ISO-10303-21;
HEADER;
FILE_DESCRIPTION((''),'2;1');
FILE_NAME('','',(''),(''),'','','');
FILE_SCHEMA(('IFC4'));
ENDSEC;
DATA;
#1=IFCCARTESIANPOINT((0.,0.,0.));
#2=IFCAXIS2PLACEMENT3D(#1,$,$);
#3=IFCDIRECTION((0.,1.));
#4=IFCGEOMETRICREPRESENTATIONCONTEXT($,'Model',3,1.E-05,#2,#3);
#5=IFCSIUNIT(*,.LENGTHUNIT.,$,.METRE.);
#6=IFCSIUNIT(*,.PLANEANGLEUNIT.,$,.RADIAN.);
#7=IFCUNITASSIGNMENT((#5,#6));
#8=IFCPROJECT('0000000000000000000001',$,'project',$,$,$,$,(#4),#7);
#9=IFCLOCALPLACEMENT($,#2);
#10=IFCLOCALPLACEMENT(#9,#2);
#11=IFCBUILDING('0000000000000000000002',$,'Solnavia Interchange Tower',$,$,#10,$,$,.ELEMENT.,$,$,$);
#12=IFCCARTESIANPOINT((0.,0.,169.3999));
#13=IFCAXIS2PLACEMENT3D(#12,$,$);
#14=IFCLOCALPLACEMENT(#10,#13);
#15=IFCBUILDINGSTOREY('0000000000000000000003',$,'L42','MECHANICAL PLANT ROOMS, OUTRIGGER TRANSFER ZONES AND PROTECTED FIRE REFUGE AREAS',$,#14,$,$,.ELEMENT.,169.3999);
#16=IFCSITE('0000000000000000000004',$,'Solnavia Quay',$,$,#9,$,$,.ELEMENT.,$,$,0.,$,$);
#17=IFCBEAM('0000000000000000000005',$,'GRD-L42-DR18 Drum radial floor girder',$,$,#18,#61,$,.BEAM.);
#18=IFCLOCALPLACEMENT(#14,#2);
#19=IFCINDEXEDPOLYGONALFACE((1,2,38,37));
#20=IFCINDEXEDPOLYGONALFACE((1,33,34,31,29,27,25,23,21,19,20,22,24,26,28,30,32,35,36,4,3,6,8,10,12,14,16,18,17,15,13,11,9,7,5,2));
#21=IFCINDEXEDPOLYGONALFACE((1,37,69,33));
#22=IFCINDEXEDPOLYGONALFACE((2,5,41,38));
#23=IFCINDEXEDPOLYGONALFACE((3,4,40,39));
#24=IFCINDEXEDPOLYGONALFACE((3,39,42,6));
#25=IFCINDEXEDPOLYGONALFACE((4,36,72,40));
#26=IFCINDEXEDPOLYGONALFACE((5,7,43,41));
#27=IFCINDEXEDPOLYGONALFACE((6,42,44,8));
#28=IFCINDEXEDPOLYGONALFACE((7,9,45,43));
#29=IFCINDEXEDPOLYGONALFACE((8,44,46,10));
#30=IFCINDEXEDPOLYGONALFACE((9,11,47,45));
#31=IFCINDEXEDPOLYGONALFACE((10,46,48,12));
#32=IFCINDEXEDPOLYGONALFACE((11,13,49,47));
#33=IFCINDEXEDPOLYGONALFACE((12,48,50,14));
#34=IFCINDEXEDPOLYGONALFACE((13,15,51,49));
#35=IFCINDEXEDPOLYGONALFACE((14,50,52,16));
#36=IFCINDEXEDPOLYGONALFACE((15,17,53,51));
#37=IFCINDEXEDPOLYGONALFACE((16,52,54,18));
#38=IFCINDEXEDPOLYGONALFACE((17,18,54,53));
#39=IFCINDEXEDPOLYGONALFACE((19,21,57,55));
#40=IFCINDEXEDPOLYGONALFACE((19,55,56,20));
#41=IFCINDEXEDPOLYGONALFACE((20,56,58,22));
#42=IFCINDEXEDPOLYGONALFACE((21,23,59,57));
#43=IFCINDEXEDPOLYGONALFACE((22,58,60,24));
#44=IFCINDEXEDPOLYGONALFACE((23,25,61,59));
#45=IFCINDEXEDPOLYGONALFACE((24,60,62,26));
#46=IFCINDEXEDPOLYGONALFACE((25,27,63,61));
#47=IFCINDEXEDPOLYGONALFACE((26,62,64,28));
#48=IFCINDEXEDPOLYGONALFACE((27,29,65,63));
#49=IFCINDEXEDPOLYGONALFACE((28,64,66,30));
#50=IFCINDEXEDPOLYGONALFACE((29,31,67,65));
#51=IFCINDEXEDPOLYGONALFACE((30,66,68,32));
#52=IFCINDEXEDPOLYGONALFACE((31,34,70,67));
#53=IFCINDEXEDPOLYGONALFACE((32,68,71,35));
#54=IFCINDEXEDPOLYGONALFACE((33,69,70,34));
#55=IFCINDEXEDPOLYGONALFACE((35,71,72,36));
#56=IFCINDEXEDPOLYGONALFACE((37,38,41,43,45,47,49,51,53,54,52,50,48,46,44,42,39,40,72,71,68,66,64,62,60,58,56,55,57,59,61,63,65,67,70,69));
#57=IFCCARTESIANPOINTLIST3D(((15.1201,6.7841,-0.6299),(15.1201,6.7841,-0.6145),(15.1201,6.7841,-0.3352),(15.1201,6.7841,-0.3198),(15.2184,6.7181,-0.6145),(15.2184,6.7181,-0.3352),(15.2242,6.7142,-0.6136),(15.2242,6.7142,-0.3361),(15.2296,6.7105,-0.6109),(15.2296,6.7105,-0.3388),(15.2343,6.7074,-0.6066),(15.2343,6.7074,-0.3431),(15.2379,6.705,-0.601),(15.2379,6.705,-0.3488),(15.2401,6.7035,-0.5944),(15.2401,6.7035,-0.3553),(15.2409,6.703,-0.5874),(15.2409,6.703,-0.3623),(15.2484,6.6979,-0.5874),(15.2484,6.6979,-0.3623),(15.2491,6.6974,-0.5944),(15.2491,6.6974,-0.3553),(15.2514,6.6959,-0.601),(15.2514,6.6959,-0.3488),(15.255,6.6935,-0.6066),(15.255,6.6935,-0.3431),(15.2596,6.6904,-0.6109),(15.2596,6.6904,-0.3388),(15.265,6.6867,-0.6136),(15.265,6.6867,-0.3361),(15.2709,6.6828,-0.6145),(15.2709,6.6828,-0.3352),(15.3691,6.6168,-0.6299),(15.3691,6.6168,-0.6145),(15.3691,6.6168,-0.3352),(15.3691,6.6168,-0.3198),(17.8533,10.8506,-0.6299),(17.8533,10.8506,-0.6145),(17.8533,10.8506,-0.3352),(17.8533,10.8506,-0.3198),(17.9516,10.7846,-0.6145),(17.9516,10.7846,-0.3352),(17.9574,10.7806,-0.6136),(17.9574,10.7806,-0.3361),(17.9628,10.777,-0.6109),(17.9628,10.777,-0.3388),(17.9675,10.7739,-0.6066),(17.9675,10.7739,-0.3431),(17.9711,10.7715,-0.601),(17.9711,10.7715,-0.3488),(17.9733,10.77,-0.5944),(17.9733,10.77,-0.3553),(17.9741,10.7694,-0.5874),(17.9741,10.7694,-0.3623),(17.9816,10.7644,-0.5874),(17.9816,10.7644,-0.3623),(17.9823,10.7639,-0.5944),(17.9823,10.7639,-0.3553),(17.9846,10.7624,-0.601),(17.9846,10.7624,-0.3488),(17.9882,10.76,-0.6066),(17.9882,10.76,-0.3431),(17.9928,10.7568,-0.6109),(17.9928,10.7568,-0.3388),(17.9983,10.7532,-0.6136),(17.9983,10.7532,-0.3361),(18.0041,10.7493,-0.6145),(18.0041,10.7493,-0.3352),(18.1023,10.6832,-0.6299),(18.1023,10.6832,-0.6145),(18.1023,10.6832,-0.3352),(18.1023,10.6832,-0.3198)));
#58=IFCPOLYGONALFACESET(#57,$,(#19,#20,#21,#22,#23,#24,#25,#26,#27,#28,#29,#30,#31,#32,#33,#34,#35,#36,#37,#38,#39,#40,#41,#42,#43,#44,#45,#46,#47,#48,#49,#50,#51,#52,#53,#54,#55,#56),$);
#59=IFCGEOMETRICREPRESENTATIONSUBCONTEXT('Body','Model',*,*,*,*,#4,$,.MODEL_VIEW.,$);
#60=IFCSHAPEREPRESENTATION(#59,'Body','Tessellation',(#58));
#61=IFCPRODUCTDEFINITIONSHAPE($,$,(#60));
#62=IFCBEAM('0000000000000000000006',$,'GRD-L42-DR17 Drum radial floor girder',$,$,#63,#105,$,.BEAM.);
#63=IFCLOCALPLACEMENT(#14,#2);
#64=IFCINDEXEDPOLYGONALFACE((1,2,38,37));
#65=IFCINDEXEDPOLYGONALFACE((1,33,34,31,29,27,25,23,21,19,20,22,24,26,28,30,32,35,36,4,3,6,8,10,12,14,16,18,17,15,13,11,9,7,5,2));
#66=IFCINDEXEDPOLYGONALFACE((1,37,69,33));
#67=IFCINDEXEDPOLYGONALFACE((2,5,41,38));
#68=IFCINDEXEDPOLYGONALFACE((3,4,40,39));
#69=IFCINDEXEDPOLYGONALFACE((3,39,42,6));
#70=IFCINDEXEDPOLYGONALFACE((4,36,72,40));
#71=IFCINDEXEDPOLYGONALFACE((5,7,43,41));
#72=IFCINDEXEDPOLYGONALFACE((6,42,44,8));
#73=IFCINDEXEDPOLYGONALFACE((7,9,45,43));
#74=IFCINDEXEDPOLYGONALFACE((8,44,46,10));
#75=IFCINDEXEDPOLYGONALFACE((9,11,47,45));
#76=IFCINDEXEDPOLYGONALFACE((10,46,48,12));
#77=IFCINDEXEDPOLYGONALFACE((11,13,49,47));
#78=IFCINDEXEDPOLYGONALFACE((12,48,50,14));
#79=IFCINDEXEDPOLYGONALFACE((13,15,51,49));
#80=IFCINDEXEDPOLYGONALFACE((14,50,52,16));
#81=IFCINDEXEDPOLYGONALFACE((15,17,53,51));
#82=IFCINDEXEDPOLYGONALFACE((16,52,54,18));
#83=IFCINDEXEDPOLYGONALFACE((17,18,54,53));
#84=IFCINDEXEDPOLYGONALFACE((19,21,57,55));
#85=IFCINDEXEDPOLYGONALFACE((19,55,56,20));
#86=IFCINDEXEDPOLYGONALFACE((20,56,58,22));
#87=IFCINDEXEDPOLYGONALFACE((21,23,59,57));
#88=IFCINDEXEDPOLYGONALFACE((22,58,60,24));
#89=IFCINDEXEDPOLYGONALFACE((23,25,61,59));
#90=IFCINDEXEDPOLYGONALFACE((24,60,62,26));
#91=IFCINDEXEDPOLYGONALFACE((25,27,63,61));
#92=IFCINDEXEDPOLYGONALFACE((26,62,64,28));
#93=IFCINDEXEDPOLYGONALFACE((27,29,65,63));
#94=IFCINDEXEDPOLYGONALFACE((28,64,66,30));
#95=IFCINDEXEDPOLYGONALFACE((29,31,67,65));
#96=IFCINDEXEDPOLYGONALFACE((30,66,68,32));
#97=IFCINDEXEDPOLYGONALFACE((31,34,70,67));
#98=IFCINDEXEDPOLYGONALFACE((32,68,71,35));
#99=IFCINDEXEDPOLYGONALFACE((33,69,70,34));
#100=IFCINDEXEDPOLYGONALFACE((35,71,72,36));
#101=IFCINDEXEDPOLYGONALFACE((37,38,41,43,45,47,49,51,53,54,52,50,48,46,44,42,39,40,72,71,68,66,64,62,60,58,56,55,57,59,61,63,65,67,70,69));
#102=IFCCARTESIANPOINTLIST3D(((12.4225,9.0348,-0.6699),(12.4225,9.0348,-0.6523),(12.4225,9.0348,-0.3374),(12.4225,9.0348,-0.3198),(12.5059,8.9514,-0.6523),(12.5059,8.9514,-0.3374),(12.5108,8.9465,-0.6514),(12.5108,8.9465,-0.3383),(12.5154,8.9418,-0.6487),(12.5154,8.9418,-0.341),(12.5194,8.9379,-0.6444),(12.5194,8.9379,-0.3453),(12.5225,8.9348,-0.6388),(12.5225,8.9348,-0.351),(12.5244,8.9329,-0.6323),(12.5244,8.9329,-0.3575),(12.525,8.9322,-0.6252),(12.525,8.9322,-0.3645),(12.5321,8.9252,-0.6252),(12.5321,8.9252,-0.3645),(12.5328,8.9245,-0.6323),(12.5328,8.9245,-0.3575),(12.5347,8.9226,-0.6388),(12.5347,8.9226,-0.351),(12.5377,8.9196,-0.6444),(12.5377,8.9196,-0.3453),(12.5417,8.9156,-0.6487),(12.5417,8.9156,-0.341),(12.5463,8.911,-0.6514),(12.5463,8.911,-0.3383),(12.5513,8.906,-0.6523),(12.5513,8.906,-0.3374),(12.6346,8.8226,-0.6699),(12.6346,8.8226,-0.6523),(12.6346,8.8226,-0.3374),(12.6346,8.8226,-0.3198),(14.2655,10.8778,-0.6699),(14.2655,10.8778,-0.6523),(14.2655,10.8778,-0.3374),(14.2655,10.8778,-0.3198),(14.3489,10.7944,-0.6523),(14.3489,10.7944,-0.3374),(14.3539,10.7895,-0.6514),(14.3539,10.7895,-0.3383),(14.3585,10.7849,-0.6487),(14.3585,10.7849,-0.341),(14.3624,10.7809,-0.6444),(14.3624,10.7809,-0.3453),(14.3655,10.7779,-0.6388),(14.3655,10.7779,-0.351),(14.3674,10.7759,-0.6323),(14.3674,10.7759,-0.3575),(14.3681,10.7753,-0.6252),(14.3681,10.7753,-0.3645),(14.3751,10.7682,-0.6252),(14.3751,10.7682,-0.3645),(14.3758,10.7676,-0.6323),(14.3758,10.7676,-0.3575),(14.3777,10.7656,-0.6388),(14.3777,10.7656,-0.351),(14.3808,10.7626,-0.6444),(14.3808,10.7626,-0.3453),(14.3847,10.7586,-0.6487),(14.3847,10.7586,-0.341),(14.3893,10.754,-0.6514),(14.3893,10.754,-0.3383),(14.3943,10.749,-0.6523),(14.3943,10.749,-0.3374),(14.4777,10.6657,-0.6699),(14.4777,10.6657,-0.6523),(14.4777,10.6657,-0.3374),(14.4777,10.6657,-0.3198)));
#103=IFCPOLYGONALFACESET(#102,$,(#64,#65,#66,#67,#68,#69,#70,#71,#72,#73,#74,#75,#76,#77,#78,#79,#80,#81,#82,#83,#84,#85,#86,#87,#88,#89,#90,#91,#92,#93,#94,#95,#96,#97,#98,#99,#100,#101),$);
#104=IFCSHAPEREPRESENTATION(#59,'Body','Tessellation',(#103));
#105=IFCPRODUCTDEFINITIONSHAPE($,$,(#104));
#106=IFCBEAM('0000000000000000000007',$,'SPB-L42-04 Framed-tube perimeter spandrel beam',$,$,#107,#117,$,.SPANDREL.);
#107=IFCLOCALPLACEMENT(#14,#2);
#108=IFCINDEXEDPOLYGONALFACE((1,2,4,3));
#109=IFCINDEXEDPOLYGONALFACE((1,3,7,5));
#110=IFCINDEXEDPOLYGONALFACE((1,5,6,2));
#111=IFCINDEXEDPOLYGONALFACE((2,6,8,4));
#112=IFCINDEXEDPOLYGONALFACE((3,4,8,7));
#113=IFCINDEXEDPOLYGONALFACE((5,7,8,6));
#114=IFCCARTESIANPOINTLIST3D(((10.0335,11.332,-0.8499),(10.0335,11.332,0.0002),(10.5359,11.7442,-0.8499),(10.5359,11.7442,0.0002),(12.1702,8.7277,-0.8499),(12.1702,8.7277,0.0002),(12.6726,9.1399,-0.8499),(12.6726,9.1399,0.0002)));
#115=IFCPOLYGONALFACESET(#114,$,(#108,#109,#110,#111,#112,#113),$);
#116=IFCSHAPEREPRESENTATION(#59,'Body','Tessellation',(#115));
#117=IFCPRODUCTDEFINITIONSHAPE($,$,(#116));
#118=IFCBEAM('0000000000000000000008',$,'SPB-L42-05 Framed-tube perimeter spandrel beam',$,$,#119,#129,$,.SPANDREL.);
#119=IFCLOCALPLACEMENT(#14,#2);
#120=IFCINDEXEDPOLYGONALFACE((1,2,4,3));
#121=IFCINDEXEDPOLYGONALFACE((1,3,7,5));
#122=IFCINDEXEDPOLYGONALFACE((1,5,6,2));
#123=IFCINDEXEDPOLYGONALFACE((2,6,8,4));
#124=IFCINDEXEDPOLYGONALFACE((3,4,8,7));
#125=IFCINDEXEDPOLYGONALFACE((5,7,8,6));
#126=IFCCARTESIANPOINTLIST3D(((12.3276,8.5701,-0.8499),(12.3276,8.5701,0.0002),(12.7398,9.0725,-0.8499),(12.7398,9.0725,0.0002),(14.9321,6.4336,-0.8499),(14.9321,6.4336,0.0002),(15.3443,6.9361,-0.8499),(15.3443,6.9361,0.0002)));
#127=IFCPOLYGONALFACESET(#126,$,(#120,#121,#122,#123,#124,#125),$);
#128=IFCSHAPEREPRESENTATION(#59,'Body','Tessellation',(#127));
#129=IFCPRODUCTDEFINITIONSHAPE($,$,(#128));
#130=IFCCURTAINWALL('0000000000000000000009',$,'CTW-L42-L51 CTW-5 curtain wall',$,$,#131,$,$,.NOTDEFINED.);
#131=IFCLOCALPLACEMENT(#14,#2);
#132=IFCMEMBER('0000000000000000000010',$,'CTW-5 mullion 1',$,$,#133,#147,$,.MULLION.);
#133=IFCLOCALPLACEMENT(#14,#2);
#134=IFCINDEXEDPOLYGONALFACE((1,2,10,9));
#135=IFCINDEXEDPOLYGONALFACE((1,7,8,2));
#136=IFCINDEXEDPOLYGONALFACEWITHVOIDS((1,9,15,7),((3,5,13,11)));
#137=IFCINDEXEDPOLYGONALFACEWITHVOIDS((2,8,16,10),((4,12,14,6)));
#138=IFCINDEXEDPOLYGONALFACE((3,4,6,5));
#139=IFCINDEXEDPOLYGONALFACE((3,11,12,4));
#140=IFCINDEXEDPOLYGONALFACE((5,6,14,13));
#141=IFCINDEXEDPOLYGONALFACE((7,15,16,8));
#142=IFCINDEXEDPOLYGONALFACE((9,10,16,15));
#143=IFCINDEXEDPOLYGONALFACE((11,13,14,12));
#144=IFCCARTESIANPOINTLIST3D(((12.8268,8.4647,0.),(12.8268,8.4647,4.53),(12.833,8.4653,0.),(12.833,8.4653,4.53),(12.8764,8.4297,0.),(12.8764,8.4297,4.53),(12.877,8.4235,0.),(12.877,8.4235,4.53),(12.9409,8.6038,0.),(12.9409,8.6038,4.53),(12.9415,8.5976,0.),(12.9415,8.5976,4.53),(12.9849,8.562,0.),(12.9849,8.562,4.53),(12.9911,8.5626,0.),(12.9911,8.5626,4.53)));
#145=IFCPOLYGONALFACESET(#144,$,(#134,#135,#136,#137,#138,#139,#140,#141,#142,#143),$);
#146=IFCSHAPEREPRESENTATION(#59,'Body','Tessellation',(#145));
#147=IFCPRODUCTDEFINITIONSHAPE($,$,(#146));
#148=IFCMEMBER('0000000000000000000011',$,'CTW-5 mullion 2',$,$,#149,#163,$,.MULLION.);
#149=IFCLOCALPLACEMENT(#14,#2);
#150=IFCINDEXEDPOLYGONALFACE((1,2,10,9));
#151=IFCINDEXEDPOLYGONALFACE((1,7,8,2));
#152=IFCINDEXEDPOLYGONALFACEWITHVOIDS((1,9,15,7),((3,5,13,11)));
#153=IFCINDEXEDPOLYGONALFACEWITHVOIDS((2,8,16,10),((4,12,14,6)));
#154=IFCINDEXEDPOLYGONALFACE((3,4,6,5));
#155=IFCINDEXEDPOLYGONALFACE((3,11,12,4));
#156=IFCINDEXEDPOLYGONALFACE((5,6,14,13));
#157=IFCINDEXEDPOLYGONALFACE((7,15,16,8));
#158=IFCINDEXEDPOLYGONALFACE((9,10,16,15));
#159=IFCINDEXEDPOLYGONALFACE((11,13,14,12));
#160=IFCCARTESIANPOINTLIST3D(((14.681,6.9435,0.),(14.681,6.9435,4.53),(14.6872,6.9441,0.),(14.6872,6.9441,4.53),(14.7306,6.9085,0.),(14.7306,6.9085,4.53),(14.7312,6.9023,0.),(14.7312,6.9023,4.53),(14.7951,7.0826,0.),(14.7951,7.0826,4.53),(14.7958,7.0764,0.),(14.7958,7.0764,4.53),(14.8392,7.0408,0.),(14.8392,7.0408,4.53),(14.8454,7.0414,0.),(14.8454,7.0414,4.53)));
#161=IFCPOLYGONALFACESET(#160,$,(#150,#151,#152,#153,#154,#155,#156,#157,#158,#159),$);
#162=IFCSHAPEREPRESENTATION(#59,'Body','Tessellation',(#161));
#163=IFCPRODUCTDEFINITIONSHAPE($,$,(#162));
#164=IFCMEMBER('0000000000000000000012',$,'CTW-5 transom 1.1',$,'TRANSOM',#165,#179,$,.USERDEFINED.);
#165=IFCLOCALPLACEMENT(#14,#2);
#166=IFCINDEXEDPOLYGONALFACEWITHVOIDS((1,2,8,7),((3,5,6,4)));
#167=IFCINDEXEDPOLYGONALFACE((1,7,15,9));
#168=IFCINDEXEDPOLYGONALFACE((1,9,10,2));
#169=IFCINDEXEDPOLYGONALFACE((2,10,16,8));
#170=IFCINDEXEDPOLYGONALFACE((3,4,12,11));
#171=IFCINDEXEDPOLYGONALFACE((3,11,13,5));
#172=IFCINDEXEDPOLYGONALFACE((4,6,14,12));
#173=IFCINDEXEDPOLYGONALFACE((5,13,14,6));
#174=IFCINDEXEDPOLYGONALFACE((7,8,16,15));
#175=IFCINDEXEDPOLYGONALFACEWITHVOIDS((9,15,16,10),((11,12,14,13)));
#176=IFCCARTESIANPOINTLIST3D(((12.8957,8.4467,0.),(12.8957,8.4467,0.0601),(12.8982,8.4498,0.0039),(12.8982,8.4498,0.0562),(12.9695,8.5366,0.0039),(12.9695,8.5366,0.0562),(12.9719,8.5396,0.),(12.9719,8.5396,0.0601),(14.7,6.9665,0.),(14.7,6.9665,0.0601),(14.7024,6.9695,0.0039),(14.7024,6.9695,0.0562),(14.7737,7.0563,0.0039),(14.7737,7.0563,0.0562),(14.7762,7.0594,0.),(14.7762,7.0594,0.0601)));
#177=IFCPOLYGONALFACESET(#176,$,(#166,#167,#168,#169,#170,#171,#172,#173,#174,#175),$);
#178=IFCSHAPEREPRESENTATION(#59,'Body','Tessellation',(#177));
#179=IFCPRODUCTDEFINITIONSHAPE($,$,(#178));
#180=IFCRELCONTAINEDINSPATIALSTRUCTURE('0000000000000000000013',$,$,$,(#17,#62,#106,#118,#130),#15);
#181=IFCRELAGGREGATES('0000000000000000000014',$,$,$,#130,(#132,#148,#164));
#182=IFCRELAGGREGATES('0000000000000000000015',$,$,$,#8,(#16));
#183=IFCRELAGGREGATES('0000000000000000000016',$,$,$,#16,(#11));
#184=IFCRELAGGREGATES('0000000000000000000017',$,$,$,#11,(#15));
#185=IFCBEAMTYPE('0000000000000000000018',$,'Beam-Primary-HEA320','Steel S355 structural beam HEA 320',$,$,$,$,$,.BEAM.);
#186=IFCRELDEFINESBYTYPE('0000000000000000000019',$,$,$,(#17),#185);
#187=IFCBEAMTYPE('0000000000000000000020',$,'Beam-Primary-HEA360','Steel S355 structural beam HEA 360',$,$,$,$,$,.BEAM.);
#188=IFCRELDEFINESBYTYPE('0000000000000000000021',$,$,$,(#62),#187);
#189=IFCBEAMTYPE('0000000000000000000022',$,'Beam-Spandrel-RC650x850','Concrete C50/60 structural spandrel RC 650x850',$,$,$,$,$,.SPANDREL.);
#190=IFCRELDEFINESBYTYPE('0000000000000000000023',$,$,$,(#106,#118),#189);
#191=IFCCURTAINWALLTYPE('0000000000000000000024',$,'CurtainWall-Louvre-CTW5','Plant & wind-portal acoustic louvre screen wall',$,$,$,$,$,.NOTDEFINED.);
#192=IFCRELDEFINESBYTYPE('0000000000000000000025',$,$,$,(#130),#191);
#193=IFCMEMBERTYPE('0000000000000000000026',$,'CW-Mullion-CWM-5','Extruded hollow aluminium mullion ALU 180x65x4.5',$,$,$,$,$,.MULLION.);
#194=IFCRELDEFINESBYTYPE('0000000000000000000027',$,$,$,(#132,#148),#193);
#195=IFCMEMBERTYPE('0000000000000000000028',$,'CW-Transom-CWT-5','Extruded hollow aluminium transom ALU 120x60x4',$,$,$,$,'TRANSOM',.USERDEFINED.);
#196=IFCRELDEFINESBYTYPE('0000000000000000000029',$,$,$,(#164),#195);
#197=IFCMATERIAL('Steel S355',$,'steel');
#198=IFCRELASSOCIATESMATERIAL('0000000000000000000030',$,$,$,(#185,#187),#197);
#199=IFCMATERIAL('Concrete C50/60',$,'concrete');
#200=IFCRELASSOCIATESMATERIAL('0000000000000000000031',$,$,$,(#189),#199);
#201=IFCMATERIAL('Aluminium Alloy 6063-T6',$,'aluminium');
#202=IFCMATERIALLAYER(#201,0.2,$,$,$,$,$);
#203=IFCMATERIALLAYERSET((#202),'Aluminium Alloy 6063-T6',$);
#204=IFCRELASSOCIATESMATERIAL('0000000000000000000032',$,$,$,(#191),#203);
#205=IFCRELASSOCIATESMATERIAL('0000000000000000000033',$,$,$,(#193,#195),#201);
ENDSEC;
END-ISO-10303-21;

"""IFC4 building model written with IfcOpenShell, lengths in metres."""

from ifc_helpers import new_model, si_unit, direction, frame, origin, origin_2d, place, context, subcontext, project, spatial, rectangle, hollow_rectangle, i_section, extrude, material, layer, layer_set, material_profile, profile_set, type_object, element, aggregate, save


model = new_model("IFC4")

# Units and contexts
model_context = context("Model", 3, precision=1e-05, world=origin(), true_north=direction((0.0, 1.0)))
body_context = subcontext(model_context, "Body", "Model", "MODEL_VIEW")
ifc_project = project(units=[si_unit("LENGTHUNIT", "METRE"), si_unit("PLANEANGLEUNIT", "RADIAN")], contexts=[model_context])

# Site, building, storey
site_placement = place(None, origin())
site = spatial("IfcSite", under=ifc_project, at=site_placement, Name="Solnavia Quay", CompositionType="ELEMENT", RefElevation=0.0)
building_placement = place(site_placement, origin())
building = spatial("IfcBuilding", under=site, at=building_placement, Name="Solnavia Interchange Tower", CompositionType="ELEMENT")
storey_placement = place(building_placement, frame((0.0, 0.0, 169.3999)))
storey = spatial("IfcBuildingStorey", under=building, at=storey_placement, Name="L42", Description="MECHANICAL PLANT ROOMS, OUTRIGGER TRANSFER ZONES AND PROTECTED FIRE REFUGE AREAS", CompositionType="ELEMENT", Elevation=169.3999)

# Shared definitions
ifc_material_1 = material(Name="Concrete C50/60", Category="concrete")
ifc_material_2 = material(Name="Steel S355", Category="steel")

# Beams
ifc_material_profile_1 = material_profile(ifc_material_2, i_section(OverallWidth=0.3, OverallDepth=0.3101, WebThickness=0.009, FlangeThickness=0.0154, FilletRadius=0.0271, at=origin_2d()), Name="HEA 320")
ifc_profile_set_1 = profile_set([ifc_material_profile_1], Name="Steel S355")
beam_type_1 = type_object("IfcBeamType", Name="Beam-Primary-HEA320", Description="Steel S355 structural beam HEA 320", PredefinedType="BEAM", material=ifc_profile_set_1)
beam_1_placement = place(storey_placement, frame((15.2446, 6.7004, -0.4749), z_axis=(0.557835, 0.829952, 0.0), x_axis=(-0.829952, 0.557835, 0.0)))
element("IfcBeam", 1, at=beam_1_placement, inside=storey, type_object=beam_type_1, Name="GRD-L42-DR18 Drum radial floor girder", PredefinedType="BEAM", context=body_context, shape_type="SweptSolid", body=[
    extrude(i_section(OverallWidth=0.3, OverallDepth=0.3101, WebThickness=0.009, FlangeThickness=0.0154, FilletRadius=0.0271, at=origin_2d()), origin(), (0.0, 0.0, 1.0), 4.8997),
])
ifc_material_profile_2 = material_profile(ifc_material_2, i_section(OverallWidth=0.3, OverallDepth=0.3501, WebThickness=0.01, FlangeThickness=0.0176, FilletRadius=0.0271, at=origin_2d()), Name="HEA 360")
ifc_profile_set_2 = profile_set([ifc_material_profile_2], Name="Steel S355")
beam_type_2 = type_object("IfcBeamType", Name="Beam-Primary-HEA360", Description="Steel S355 structural beam HEA 360", PredefinedType="BEAM", material=ifc_profile_set_2)
beam_2_placement = place(storey_placement, frame((12.5286, 8.9287, -0.4949), z_axis=(0.707107, 0.707107, 0.0), x_axis=(-0.707107, 0.707107, 0.0)))
element("IfcBeam", 2, at=beam_2_placement, inside=storey, type_object=beam_type_2, Name="GRD-L42-DR17 Drum radial floor girder", PredefinedType="BEAM", context=body_context, shape_type="SweptSolid", body=[
    extrude(i_section(OverallWidth=0.3, OverallDepth=0.3501, WebThickness=0.01, FlangeThickness=0.0176, FilletRadius=0.0271, at=origin_2d()), origin(), (0.0, 0.0, 1.0), 2.6064),
])
ifc_material_profile_3 = material_profile(ifc_material_1, rectangle(XDim=0.6499, YDim=0.8501, at=origin_2d()), Name="RC 650x850")
ifc_profile_set_3 = profile_set([ifc_material_profile_3], Name="Concrete C50/60")
beam_type_3 = type_object("IfcBeamType", Name="Beam-Spandrel-RC650x850", Description="Concrete C50/60 structural spandrel RC 650x850", PredefinedType="SPANDREL", material=ifc_profile_set_3)
for number, where, z_axis, x_axis, name in (
    (3, (10.2847, 11.5381, -0.4248), (0.634299, -0.773088, 0.0), (0.773088, 0.634299, 0.0), "SPB-L42-04 Framed-tube perimeter spandrel beam"),
    (4, (12.5337, 8.8213, -0.4248), (0.773153, -0.63422, 0.0), (0.63422, 0.773153, 0.0), "SPB-L42-05 Framed-tube perimeter spandrel beam"),
):
    element("IfcBeam", number, at=place(storey_placement, frame(where, z_axis=z_axis, x_axis=x_axis)), inside=storey, type_object=beam_type_3, Name=name, PredefinedType="SPANDREL", context=body_context, shape_type="SweptSolid", body=[
        extrude(rectangle(XDim=0.6499, YDim=0.8501, at=origin_2d()), origin(), (0.0, 0.0, 1.0), 3.3687),
    ])

# Curtain wall, members
ifc_material_3 = material(Name="Aluminium Alloy 6063-T6", Category="aluminium")
ifc_layer_1 = layer(ifc_material_3, 0.2)
ifc_layer_set_1 = layer_set([ifc_layer_1], Name="Aluminium Alloy 6063-T6")
curtain_wall_type = type_object("IfcCurtainWallType", Name="CurtainWall-Louvre-CTW5", Description="Plant & wind-portal acoustic louvre screen wall", PredefinedType="NOTDEFINED", material=ifc_layer_set_1)
curtain_wall_placement = place(storey_placement, origin())
curtain_wall = element("IfcCurtainWall", 5, at=curtain_wall_placement, inside=storey, type_object=curtain_wall_type, Name="CTW-L42-L51 CTW-5 curtain wall", PredefinedType="NOTDEFINED")
ifc_material_profile_4 = material_profile(ifc_material_3, hollow_rectangle(XDim=0.0649, YDim=0.1799, WallThickness=0.0044, at=origin_2d()), Name="ALU 180x65x4.5")
ifc_profile_set_4 = profile_set([ifc_material_profile_4], Name="Aluminium Alloy 6063-T6")
member_type_1 = type_object("IfcMemberType", Name="CW-Mullion-CWM-5", Description="Extruded hollow aluminium mullion ALU 180x65x4.5", PredefinedType="MULLION", material=ifc_profile_set_4)
member_1_placement = place(storey_placement, frame((12.9089, 8.5137, 0.0), z_axis=(0.0, 0.0, 1.0), x_axis=(0.773103, -0.634281, 0.0)))
member_1 = element("IfcMember", 6, at=member_1_placement, type_object=member_type_1, Name="CTW-5 mullion 1", PredefinedType="MULLION", context=body_context, shape_type="SweptSolid", body=[
    extrude(hollow_rectangle(XDim=0.0649, YDim=0.1799, WallThickness=0.0044, at=origin_2d()), origin(), (0.0, 0.0, 1.0), 4.53),
])
member_2_placement = place(storey_placement, frame((14.7632, 6.9924, 0.0), z_axis=(0.0, 0.0, 1.0), x_axis=(0.773103, -0.634281, 0.0)))
member_2 = element("IfcMember", 7, at=member_2_placement, type_object=member_type_1, Name="CTW-5 mullion 2", PredefinedType="MULLION", context=body_context, shape_type="SweptSolid", body=[
    extrude(hollow_rectangle(XDim=0.0649, YDim=0.1799, WallThickness=0.0044, at=origin_2d()), origin(), (0.0, 0.0, 1.0), 4.53),
])
ifc_material_profile_5 = material_profile(ifc_material_3, hollow_rectangle(XDim=0.0601, YDim=0.1201, WallThickness=0.0039, at=origin_2d()), Name="ALU 120x60x4")
ifc_profile_set_5 = profile_set([ifc_material_profile_5], Name="Aluminium Alloy 6063-T6")
member_type_2 = type_object("IfcMemberType", Name="CW-Transom-CWT-5", Description="Extruded hollow aluminium transom ALU 120x60x4", ElementType="TRANSOM", PredefinedType="USERDEFINED", material=ifc_profile_set_5)
member_3_placement = place(storey_placement, frame((12.9338, 8.4932, 0.03), z_axis=(0.773104, -0.63428, 0.0), x_axis=(0.0, 0.0, 1.0)))
member_3 = element("IfcMember", 8, at=member_3_placement, type_object=member_type_2, Name="CTW-5 transom 1.1", ObjectType="TRANSOM", PredefinedType="USERDEFINED", context=body_context, shape_type="SweptSolid", body=[
    extrude(hollow_rectangle(XDim=0.0601, YDim=0.1201, WallThickness=0.0039, at=origin_2d()), origin(), (0.0, 0.0, 1.0), 2.3337),
])
aggregate(curtain_wall, [member_1, member_2, member_3])

save(model, "model.ifc")
